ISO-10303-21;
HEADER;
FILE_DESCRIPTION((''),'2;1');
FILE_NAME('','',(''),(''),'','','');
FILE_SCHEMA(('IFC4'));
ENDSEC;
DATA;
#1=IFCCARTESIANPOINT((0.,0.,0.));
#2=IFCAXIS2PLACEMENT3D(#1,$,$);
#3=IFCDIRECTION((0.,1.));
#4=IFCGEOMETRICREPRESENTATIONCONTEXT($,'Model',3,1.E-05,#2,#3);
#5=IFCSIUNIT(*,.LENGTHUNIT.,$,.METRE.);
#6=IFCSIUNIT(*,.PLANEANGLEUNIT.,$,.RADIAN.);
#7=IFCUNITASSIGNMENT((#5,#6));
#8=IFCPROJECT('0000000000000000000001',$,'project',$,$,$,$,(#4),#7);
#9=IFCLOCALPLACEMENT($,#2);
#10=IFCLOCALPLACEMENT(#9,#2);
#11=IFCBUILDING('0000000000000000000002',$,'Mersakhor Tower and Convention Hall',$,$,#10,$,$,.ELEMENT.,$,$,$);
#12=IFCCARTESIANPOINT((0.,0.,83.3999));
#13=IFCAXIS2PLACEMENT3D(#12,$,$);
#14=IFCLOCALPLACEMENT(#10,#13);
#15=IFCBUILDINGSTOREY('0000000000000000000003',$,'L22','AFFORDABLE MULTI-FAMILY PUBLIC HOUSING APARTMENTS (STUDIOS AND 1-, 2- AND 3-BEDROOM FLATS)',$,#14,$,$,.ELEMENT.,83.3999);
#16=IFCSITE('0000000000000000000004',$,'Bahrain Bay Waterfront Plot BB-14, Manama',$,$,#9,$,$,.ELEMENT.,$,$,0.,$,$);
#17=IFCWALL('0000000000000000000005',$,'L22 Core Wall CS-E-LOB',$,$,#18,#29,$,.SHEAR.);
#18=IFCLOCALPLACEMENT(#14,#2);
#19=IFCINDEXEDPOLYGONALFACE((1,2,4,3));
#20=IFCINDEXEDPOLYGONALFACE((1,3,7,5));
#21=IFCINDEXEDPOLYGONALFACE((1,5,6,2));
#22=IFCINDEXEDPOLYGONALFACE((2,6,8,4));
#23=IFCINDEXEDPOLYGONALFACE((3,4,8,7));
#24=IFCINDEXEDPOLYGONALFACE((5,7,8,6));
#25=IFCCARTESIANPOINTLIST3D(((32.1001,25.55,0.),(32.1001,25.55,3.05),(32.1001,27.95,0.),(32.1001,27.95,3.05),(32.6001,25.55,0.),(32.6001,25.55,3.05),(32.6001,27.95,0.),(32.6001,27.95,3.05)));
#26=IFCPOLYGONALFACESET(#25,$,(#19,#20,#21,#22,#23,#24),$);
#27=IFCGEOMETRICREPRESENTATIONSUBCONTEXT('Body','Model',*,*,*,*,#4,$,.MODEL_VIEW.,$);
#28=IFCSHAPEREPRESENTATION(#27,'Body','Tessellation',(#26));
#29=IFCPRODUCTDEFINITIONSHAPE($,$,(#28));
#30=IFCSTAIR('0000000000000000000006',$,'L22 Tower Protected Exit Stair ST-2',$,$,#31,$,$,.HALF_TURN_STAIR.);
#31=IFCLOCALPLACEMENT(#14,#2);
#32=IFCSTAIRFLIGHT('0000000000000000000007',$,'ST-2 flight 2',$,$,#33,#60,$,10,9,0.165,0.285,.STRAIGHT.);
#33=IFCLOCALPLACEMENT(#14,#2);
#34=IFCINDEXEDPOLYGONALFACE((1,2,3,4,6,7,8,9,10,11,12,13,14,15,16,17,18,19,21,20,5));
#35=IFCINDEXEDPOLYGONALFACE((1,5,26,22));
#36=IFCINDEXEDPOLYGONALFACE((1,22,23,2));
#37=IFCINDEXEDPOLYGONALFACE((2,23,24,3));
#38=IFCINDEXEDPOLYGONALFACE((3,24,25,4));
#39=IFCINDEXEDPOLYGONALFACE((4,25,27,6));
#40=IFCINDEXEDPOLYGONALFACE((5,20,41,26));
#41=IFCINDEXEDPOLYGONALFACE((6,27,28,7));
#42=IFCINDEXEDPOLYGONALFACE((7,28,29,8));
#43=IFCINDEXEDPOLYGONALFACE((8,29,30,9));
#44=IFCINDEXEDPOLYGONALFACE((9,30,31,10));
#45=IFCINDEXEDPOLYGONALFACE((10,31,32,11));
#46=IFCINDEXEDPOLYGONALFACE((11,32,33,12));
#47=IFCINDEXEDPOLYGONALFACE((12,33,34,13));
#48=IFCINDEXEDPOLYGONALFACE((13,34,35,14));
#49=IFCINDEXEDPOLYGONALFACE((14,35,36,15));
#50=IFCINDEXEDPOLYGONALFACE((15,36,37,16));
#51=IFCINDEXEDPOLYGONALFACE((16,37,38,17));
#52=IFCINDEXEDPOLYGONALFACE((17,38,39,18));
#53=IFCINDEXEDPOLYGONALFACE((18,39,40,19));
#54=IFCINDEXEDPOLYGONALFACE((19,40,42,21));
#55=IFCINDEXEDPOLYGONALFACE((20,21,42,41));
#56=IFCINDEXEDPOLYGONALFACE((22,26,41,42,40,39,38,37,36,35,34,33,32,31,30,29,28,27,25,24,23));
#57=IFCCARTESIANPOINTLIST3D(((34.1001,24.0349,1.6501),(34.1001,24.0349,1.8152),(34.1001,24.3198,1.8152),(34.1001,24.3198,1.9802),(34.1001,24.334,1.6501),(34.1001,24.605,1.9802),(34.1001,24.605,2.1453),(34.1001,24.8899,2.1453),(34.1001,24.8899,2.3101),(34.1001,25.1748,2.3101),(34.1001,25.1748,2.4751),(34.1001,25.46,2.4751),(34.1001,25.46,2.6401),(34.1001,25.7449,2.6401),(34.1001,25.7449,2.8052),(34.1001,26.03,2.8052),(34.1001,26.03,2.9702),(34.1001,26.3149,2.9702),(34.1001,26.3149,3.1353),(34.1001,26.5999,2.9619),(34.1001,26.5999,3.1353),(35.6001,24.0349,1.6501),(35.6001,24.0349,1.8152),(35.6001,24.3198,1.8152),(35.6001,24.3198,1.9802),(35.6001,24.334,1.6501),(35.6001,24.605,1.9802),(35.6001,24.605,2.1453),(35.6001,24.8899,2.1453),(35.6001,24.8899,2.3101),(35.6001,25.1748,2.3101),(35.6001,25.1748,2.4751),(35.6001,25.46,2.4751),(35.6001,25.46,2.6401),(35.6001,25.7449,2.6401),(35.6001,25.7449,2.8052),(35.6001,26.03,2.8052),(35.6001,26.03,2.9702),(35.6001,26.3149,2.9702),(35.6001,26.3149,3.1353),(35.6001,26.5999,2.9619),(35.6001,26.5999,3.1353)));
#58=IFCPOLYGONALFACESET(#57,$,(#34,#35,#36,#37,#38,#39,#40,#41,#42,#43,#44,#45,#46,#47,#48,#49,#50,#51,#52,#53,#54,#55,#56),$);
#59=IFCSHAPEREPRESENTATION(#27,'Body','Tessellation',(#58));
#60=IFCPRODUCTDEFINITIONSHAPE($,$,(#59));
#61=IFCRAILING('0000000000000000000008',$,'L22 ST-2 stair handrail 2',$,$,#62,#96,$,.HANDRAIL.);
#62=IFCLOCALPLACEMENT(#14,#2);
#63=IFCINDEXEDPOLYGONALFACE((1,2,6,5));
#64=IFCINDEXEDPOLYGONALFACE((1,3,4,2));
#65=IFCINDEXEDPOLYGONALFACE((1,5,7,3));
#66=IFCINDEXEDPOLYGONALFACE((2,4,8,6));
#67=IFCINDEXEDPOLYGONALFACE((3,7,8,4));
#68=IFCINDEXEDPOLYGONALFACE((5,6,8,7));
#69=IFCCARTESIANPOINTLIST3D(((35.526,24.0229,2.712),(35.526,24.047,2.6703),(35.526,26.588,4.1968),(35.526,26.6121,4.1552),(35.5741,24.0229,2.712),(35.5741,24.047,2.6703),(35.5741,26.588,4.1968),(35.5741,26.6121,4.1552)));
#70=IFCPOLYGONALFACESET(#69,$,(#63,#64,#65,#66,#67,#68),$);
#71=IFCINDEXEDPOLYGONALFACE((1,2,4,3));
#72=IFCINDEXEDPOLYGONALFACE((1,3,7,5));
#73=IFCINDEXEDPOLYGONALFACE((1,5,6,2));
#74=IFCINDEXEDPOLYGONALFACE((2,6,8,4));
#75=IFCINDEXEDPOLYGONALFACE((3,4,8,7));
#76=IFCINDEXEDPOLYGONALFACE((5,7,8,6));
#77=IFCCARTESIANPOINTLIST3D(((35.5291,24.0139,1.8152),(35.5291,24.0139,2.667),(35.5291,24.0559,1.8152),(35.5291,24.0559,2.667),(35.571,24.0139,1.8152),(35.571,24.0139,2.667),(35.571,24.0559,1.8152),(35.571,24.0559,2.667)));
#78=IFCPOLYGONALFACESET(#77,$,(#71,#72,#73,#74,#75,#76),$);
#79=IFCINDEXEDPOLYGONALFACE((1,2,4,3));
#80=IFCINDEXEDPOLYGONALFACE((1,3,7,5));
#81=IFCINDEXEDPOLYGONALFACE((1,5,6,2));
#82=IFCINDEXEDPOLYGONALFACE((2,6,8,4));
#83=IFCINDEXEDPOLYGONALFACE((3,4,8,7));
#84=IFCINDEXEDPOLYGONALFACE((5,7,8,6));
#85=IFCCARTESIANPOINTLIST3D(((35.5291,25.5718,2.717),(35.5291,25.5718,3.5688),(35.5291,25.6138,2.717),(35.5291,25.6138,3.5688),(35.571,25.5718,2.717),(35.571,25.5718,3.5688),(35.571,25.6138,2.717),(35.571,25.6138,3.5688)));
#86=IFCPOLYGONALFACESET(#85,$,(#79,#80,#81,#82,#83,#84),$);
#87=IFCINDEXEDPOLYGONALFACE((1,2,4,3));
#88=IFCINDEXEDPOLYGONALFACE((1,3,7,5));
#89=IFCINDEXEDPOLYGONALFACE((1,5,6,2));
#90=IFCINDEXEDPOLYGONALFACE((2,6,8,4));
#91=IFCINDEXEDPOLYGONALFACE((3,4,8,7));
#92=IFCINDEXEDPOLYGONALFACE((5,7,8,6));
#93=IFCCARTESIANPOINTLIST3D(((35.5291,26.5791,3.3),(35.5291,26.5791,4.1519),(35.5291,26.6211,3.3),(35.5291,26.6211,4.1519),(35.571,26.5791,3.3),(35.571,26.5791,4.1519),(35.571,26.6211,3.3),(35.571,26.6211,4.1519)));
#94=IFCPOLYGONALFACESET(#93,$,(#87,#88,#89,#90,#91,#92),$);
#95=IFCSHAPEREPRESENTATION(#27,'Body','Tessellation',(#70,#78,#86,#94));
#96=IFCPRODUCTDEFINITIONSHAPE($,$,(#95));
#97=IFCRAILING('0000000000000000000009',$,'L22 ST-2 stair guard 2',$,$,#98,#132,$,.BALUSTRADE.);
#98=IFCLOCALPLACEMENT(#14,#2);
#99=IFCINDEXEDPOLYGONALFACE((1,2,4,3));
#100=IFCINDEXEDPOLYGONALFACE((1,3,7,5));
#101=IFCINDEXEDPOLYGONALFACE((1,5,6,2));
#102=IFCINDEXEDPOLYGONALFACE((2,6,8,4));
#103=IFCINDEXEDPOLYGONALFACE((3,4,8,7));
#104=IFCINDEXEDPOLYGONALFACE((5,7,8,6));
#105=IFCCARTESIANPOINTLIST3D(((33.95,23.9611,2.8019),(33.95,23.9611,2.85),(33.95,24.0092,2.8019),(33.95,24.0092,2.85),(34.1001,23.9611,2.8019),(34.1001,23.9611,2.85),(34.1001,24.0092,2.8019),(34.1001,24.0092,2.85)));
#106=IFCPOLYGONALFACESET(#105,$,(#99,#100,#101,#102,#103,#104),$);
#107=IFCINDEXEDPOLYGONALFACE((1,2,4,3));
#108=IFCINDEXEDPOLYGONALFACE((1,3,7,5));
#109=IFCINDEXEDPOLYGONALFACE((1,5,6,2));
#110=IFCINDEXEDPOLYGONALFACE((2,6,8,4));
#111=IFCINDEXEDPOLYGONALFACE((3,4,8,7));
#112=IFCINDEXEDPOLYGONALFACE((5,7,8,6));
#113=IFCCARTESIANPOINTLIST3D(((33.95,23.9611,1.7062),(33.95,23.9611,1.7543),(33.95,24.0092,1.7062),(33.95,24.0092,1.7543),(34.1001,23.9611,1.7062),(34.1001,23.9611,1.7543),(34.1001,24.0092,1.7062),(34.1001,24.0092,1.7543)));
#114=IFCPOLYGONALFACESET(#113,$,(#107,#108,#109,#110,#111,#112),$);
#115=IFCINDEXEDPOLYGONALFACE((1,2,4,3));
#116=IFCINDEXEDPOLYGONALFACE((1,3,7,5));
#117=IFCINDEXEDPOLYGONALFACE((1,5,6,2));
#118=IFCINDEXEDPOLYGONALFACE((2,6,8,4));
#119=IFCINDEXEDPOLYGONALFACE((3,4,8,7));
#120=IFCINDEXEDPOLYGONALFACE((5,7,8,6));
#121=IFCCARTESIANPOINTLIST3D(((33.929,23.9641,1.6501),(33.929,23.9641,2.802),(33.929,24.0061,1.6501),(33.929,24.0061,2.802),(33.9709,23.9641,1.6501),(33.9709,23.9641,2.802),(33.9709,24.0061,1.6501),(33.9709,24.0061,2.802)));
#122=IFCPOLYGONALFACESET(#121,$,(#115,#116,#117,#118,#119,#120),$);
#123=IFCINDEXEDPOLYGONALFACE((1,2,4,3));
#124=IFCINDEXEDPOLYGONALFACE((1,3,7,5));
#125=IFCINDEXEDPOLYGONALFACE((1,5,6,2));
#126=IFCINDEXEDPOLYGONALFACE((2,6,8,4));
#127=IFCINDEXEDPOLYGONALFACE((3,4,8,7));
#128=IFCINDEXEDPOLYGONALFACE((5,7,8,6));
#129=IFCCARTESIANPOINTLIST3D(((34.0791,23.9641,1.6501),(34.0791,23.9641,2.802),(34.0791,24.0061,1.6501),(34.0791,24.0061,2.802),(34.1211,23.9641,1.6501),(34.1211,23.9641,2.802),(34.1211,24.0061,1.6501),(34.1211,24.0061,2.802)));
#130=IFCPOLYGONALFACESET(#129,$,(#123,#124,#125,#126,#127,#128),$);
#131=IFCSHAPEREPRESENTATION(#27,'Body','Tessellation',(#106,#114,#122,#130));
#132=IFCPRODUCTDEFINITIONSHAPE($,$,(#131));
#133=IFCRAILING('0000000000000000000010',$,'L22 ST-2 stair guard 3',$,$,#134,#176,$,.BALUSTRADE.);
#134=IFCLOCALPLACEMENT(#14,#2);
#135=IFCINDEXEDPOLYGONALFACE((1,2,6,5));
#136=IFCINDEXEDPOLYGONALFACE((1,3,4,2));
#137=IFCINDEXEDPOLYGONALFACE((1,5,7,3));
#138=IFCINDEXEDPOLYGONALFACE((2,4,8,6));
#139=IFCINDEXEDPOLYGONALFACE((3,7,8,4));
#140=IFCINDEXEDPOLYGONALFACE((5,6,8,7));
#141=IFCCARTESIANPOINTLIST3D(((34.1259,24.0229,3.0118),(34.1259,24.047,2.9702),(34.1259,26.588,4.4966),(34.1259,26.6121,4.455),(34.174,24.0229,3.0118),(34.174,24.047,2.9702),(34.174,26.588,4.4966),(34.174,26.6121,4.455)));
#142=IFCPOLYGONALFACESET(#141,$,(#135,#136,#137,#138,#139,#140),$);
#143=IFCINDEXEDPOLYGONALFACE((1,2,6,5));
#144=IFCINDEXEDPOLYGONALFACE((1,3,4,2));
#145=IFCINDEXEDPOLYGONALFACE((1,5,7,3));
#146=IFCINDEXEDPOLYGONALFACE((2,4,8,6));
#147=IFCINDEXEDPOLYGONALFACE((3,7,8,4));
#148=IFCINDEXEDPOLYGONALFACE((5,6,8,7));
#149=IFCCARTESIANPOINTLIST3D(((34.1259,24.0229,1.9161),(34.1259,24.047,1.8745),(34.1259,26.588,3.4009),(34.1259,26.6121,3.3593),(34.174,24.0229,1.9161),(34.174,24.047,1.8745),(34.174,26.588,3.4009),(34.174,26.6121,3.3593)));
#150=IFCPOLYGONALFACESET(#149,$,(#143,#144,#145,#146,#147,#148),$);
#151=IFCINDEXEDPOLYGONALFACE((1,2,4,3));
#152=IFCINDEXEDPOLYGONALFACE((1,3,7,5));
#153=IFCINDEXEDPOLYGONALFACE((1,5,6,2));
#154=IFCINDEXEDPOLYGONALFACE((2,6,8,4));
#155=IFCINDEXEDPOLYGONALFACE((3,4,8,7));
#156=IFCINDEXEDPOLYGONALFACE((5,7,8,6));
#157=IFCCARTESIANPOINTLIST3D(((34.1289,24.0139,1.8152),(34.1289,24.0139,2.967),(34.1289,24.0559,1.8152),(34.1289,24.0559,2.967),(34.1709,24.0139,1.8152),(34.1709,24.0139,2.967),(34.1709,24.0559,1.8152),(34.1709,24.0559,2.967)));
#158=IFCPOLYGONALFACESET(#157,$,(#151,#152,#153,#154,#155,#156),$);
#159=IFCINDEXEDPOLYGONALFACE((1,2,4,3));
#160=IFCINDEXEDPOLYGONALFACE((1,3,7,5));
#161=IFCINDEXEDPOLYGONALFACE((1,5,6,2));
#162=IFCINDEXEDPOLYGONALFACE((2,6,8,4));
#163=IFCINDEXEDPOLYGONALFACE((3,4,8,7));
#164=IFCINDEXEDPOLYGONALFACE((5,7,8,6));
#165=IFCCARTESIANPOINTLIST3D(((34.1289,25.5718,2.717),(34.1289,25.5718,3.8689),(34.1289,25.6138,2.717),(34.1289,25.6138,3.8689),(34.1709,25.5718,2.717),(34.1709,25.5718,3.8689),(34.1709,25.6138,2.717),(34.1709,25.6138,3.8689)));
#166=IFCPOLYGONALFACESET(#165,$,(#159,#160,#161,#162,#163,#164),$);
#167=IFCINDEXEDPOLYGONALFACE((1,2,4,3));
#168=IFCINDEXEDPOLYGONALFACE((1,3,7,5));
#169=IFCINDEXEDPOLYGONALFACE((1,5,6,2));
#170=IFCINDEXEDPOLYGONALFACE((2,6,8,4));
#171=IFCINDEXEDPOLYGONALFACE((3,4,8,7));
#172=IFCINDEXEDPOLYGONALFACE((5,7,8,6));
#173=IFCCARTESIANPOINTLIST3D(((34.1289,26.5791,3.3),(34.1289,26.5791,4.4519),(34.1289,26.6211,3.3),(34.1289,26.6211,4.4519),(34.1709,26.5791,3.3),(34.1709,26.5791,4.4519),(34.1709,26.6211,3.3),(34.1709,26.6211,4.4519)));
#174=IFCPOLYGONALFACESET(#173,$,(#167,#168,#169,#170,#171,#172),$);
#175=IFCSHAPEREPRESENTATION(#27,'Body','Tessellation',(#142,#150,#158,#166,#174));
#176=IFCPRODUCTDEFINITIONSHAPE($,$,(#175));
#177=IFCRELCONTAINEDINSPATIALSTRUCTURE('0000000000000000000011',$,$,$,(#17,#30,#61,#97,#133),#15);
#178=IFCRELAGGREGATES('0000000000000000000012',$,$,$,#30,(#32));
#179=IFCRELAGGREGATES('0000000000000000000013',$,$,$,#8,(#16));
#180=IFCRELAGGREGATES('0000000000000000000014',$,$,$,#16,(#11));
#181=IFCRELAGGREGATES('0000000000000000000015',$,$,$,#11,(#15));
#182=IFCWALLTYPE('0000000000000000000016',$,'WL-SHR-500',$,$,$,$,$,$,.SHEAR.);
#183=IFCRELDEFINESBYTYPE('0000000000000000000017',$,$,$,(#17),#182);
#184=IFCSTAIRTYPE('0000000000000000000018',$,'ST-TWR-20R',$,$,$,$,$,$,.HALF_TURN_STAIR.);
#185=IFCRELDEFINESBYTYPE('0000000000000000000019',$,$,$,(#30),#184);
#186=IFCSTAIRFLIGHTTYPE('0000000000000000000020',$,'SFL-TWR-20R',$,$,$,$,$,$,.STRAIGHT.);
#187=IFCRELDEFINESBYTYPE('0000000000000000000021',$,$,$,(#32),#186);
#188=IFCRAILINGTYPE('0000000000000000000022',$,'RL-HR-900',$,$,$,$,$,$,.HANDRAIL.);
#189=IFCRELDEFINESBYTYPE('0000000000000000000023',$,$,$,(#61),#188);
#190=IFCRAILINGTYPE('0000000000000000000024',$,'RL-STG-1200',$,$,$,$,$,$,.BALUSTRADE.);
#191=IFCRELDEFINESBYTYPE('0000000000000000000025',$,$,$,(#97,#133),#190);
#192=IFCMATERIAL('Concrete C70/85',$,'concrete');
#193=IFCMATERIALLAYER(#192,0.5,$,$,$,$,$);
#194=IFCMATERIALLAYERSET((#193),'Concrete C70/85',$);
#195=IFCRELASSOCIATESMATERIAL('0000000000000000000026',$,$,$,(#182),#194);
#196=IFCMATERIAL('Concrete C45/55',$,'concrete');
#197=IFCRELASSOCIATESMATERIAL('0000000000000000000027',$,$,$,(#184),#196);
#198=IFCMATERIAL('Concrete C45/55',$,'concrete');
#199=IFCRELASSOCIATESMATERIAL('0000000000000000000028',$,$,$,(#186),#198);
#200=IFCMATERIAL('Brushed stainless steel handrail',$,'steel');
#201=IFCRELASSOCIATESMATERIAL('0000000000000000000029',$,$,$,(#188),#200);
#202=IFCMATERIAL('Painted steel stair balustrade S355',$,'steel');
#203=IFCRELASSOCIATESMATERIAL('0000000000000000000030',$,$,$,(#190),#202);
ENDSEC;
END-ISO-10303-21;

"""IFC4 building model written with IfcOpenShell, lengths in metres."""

from ifc_helpers import new_model, si_unit, direction, frame, frame_2d, origin, origin_2d, place, context, subcontext, project, spatial, polyline, rectangle, outline, extrude, material, layer, layer_set, type_object, element, aggregate, save


model = new_model("IFC4")

# Units and contexts
model_context = context("Model", 3, precision=1e-05, world=origin(), true_north=direction((0.0, 1.0)))
body_context = subcontext(model_context, "Body", "Model", "MODEL_VIEW")
ifc_project = project(units=[si_unit("LENGTHUNIT", "METRE"), si_unit("PLANEANGLEUNIT", "RADIAN")], contexts=[model_context])

# Site, building, storey
site_placement = place(None, origin())
site = spatial("IfcSite", under=ifc_project, at=site_placement, Name="Bahrain Bay Waterfront Plot BB-14, Manama", CompositionType="ELEMENT", RefElevation=0.0)
building_placement = place(site_placement, origin())
building = spatial("IfcBuilding", under=site, at=building_placement, Name="Mersakhor Tower and Convention Hall", CompositionType="ELEMENT")
storey_placement = place(building_placement, frame((0.0, 0.0, 83.3999)))
storey = spatial("IfcBuildingStorey", under=building, at=storey_placement, Name="L22", Description="AFFORDABLE MULTI-FAMILY PUBLIC HOUSING APARTMENTS (STUDIOS AND 1-, 2- AND 3-BEDROOM FLATS)", CompositionType="ELEMENT", Elevation=83.3999)

# Shared definitions
ifc_material_1 = material(Name="Concrete C70/85", Category="concrete")
ifc_layer_1 = layer(ifc_material_1, 0.5)
ifc_layer_set_1 = layer_set([ifc_layer_1], Name="Concrete C70/85")
wall_type_1 = type_object("IfcWallType", Name="WL-SHR-500", PredefinedType="SHEAR", material=ifc_layer_set_1)

# Wall
wall_1_placement = place(storey_placement, frame((32.3501, 25.55, 0.0), z_axis=(0.0, 0.0, 1.0), x_axis=(0.0, 1.0, 0.0)))
element("IfcWall", 1, at=wall_1_placement, inside=storey, type_object=wall_type_1, Name="L22 Core Wall CS-E-LOB", PredefinedType="SHEAR", context=body_context, shape_type="SweptSolid", body=[
    extrude(rectangle(XDim=2.3999, YDim=0.5, at=frame_2d((1.2, 0.0))), origin(), (0.0, 0.0, 1.0), 3.05),
])

# Stair, stair flight
ifc_material_2 = material(Name="Concrete C45/55", Category="concrete")
stair_type = type_object("IfcStairType", Name="ST-TWR-20R", PredefinedType="HALF_TURN_STAIR", material=ifc_material_2)
stair_placement = place(storey_placement, origin())
stair = element("IfcStair", 2, at=stair_placement, inside=storey, type_object=stair_type, Name="L22 Tower Protected Exit Stair ST-2", PredefinedType="HALF_TURN_STAIR")
ifc_material_3 = material(Name="Concrete C45/55", Category="concrete")
stair_flight_type = type_object("IfcStairFlightType", Name="SFL-TWR-20R", PredefinedType="STRAIGHT", material=ifc_material_3)
stair_flight_placement = place(storey_placement, frame((34.8501, 24.0349, 1.6501), z_axis=(0.0, 0.0, 1.0), x_axis=(0.0, 1.0, 0.0)))
stair_flight = element("IfcStairFlight", 3, at=stair_flight_placement, type_object=stair_flight_type, Name="ST-2 flight 2", NumberOfRisers=10, NumberOfTreads=9, PredefinedType="STRAIGHT", RiserHeight=0.165, TreadLength=0.285, context=body_context, shape_type="SweptSolid", body=[
    extrude(outline(polyline([(0.0, 0.0), (0.0, 0.165), (0.2849, 0.165), (0.2849, 0.3301), (0.5701, 0.3301), (0.5701, 0.4951), (0.855, 0.4951), (0.855, 0.6599), (1.1399, 0.6599), (1.1399, 0.825), (1.425, 0.825), (1.425, 0.99), (1.71, 0.99), (1.71, 1.155), (1.9951, 1.155), (1.9951, 1.3201), (2.28, 1.3201), (2.28, 1.4851), (2.5649, 1.4851), (2.5649, 1.6499), (2.5649, 1.3118), (0.2991, 0.0), (0.0, 0.0)])), frame((0.0, 0.75, 0.0), z_axis=(0.0, -1.0, 0.0), x_axis=(1.0, 0.0, 0.0)), (0.0, 0.0, 1.0), 1.5),
])
aggregate(stair, [stair_flight])

# Railings
ifc_material_4 = material(Name="Brushed stainless steel handrail", Category="steel")
railing_type_1 = type_object("IfcRailingType", Name="RL-HR-900", PredefinedType="HANDRAIL", material=ifc_material_4)
railing_1_placement = place(storey_placement, frame((35.55, 24.0349, 1.8152)))
element("IfcRailing", 4, at=railing_1_placement, inside=storey, type_object=railing_type_1, Name="L22 ST-2 stair handrail 2", PredefinedType="HANDRAIL", context=body_context, shape_type="SweptSolid", body=[
    extrude(rectangle(XDim=0.0481, YDim=0.0481, at=origin_2d()), frame((0.0, 0.0, 0.876), z_axis=(0.0, 0.865462, 0.500975), x_axis=(-1.0, 0.0, 0.0)), (0.0, 0.0, 1.0), 2.9639),
    extrude(rectangle(XDim=0.042, YDim=0.042, at=origin_2d()), origin(), (0.0, 0.0, 1.0), 0.8518),
    extrude(rectangle(XDim=0.042, YDim=0.042, at=origin_2d()), frame((0.0, 1.5579, 0.9019)), (0.0, 0.0, 1.0), 0.8518),
    extrude(rectangle(XDim=0.042, YDim=0.042, at=origin_2d()), frame((0.0, 2.5652, 1.4849)), (0.0, 0.0, 1.0), 0.8518),
])
ifc_material_5 = material(Name="Painted steel stair balustrade S355", Category="steel")
railing_type_2 = type_object("IfcRailingType", Name="RL-STG-1200", PredefinedType="BALUSTRADE", material=ifc_material_5)
railing_2_placement = place(storey_placement, frame((33.95, 23.9851, 1.6501)))
element("IfcRailing", 5, at=railing_2_placement, inside=storey, type_object=railing_type_2, Name="L22 ST-2 stair guard 2", PredefinedType="BALUSTRADE", context=body_context, shape_type="SweptSolid", body=[
    extrude(rectangle(XDim=0.0481, YDim=0.0481, at=origin_2d()), frame((0.0, 0.0, 1.1758), z_axis=(1.0, 0.0, 0.0), x_axis=(0.0, 1.0, 0.0)), (0.0, 0.0, 1.0), 0.1501),
    extrude(rectangle(XDim=0.0481, YDim=0.0481, at=origin_2d()), frame((0.0, 0.0, 0.0801), z_axis=(1.0, 0.0, 0.0), x_axis=(0.0, 1.0, 0.0)), (0.0, 0.0, 1.0), 0.1501),
    extrude(rectangle(XDim=0.042, YDim=0.042, at=origin_2d()), origin(), (0.0, 0.0, 1.0), 1.1519),
    extrude(rectangle(XDim=0.042, YDim=0.042, at=origin_2d()), frame((0.1501, 0.0, 0.0)), (0.0, 0.0, 1.0), 1.1519),
])
railing_3_placement = place(storey_placement, frame((34.1499, 24.0349, 1.8152)))
element("IfcRailing", 6, at=railing_3_placement, inside=storey, type_object=railing_type_2, Name="L22 ST-2 stair guard 3", PredefinedType="BALUSTRADE", context=body_context, shape_type="SweptSolid", body=[
    extrude(rectangle(XDim=0.0481, YDim=0.0481, at=origin_2d()), frame((0.0, 0.0, 1.1758), z_axis=(0.0, 0.865462, 0.500975), x_axis=(-1.0, 0.0, 0.0)), (0.0, 0.0, 1.0), 2.9639),
    extrude(rectangle(XDim=0.0481, YDim=0.0481, at=origin_2d()), frame((0.0, 0.0, 0.0801), z_axis=(0.0, 0.865462, 0.500975), x_axis=(-1.0, 0.0, 0.0)), (0.0, 0.0, 1.0), 2.9639),
    extrude(rectangle(XDim=0.042, YDim=0.042, at=origin_2d()), origin(), (0.0, 0.0, 1.0), 1.1519),
    extrude(rectangle(XDim=0.042, YDim=0.042, at=origin_2d()), frame((0.0, 1.5579, 0.9019)), (0.0, 0.0, 1.0), 1.1519),
    extrude(rectangle(XDim=0.042, YDim=0.042, at=origin_2d()), frame((0.0, 2.5652, 1.4849)), (0.0, 0.0, 1.0), 1.1519),
])

save(model, "model.ifc")
